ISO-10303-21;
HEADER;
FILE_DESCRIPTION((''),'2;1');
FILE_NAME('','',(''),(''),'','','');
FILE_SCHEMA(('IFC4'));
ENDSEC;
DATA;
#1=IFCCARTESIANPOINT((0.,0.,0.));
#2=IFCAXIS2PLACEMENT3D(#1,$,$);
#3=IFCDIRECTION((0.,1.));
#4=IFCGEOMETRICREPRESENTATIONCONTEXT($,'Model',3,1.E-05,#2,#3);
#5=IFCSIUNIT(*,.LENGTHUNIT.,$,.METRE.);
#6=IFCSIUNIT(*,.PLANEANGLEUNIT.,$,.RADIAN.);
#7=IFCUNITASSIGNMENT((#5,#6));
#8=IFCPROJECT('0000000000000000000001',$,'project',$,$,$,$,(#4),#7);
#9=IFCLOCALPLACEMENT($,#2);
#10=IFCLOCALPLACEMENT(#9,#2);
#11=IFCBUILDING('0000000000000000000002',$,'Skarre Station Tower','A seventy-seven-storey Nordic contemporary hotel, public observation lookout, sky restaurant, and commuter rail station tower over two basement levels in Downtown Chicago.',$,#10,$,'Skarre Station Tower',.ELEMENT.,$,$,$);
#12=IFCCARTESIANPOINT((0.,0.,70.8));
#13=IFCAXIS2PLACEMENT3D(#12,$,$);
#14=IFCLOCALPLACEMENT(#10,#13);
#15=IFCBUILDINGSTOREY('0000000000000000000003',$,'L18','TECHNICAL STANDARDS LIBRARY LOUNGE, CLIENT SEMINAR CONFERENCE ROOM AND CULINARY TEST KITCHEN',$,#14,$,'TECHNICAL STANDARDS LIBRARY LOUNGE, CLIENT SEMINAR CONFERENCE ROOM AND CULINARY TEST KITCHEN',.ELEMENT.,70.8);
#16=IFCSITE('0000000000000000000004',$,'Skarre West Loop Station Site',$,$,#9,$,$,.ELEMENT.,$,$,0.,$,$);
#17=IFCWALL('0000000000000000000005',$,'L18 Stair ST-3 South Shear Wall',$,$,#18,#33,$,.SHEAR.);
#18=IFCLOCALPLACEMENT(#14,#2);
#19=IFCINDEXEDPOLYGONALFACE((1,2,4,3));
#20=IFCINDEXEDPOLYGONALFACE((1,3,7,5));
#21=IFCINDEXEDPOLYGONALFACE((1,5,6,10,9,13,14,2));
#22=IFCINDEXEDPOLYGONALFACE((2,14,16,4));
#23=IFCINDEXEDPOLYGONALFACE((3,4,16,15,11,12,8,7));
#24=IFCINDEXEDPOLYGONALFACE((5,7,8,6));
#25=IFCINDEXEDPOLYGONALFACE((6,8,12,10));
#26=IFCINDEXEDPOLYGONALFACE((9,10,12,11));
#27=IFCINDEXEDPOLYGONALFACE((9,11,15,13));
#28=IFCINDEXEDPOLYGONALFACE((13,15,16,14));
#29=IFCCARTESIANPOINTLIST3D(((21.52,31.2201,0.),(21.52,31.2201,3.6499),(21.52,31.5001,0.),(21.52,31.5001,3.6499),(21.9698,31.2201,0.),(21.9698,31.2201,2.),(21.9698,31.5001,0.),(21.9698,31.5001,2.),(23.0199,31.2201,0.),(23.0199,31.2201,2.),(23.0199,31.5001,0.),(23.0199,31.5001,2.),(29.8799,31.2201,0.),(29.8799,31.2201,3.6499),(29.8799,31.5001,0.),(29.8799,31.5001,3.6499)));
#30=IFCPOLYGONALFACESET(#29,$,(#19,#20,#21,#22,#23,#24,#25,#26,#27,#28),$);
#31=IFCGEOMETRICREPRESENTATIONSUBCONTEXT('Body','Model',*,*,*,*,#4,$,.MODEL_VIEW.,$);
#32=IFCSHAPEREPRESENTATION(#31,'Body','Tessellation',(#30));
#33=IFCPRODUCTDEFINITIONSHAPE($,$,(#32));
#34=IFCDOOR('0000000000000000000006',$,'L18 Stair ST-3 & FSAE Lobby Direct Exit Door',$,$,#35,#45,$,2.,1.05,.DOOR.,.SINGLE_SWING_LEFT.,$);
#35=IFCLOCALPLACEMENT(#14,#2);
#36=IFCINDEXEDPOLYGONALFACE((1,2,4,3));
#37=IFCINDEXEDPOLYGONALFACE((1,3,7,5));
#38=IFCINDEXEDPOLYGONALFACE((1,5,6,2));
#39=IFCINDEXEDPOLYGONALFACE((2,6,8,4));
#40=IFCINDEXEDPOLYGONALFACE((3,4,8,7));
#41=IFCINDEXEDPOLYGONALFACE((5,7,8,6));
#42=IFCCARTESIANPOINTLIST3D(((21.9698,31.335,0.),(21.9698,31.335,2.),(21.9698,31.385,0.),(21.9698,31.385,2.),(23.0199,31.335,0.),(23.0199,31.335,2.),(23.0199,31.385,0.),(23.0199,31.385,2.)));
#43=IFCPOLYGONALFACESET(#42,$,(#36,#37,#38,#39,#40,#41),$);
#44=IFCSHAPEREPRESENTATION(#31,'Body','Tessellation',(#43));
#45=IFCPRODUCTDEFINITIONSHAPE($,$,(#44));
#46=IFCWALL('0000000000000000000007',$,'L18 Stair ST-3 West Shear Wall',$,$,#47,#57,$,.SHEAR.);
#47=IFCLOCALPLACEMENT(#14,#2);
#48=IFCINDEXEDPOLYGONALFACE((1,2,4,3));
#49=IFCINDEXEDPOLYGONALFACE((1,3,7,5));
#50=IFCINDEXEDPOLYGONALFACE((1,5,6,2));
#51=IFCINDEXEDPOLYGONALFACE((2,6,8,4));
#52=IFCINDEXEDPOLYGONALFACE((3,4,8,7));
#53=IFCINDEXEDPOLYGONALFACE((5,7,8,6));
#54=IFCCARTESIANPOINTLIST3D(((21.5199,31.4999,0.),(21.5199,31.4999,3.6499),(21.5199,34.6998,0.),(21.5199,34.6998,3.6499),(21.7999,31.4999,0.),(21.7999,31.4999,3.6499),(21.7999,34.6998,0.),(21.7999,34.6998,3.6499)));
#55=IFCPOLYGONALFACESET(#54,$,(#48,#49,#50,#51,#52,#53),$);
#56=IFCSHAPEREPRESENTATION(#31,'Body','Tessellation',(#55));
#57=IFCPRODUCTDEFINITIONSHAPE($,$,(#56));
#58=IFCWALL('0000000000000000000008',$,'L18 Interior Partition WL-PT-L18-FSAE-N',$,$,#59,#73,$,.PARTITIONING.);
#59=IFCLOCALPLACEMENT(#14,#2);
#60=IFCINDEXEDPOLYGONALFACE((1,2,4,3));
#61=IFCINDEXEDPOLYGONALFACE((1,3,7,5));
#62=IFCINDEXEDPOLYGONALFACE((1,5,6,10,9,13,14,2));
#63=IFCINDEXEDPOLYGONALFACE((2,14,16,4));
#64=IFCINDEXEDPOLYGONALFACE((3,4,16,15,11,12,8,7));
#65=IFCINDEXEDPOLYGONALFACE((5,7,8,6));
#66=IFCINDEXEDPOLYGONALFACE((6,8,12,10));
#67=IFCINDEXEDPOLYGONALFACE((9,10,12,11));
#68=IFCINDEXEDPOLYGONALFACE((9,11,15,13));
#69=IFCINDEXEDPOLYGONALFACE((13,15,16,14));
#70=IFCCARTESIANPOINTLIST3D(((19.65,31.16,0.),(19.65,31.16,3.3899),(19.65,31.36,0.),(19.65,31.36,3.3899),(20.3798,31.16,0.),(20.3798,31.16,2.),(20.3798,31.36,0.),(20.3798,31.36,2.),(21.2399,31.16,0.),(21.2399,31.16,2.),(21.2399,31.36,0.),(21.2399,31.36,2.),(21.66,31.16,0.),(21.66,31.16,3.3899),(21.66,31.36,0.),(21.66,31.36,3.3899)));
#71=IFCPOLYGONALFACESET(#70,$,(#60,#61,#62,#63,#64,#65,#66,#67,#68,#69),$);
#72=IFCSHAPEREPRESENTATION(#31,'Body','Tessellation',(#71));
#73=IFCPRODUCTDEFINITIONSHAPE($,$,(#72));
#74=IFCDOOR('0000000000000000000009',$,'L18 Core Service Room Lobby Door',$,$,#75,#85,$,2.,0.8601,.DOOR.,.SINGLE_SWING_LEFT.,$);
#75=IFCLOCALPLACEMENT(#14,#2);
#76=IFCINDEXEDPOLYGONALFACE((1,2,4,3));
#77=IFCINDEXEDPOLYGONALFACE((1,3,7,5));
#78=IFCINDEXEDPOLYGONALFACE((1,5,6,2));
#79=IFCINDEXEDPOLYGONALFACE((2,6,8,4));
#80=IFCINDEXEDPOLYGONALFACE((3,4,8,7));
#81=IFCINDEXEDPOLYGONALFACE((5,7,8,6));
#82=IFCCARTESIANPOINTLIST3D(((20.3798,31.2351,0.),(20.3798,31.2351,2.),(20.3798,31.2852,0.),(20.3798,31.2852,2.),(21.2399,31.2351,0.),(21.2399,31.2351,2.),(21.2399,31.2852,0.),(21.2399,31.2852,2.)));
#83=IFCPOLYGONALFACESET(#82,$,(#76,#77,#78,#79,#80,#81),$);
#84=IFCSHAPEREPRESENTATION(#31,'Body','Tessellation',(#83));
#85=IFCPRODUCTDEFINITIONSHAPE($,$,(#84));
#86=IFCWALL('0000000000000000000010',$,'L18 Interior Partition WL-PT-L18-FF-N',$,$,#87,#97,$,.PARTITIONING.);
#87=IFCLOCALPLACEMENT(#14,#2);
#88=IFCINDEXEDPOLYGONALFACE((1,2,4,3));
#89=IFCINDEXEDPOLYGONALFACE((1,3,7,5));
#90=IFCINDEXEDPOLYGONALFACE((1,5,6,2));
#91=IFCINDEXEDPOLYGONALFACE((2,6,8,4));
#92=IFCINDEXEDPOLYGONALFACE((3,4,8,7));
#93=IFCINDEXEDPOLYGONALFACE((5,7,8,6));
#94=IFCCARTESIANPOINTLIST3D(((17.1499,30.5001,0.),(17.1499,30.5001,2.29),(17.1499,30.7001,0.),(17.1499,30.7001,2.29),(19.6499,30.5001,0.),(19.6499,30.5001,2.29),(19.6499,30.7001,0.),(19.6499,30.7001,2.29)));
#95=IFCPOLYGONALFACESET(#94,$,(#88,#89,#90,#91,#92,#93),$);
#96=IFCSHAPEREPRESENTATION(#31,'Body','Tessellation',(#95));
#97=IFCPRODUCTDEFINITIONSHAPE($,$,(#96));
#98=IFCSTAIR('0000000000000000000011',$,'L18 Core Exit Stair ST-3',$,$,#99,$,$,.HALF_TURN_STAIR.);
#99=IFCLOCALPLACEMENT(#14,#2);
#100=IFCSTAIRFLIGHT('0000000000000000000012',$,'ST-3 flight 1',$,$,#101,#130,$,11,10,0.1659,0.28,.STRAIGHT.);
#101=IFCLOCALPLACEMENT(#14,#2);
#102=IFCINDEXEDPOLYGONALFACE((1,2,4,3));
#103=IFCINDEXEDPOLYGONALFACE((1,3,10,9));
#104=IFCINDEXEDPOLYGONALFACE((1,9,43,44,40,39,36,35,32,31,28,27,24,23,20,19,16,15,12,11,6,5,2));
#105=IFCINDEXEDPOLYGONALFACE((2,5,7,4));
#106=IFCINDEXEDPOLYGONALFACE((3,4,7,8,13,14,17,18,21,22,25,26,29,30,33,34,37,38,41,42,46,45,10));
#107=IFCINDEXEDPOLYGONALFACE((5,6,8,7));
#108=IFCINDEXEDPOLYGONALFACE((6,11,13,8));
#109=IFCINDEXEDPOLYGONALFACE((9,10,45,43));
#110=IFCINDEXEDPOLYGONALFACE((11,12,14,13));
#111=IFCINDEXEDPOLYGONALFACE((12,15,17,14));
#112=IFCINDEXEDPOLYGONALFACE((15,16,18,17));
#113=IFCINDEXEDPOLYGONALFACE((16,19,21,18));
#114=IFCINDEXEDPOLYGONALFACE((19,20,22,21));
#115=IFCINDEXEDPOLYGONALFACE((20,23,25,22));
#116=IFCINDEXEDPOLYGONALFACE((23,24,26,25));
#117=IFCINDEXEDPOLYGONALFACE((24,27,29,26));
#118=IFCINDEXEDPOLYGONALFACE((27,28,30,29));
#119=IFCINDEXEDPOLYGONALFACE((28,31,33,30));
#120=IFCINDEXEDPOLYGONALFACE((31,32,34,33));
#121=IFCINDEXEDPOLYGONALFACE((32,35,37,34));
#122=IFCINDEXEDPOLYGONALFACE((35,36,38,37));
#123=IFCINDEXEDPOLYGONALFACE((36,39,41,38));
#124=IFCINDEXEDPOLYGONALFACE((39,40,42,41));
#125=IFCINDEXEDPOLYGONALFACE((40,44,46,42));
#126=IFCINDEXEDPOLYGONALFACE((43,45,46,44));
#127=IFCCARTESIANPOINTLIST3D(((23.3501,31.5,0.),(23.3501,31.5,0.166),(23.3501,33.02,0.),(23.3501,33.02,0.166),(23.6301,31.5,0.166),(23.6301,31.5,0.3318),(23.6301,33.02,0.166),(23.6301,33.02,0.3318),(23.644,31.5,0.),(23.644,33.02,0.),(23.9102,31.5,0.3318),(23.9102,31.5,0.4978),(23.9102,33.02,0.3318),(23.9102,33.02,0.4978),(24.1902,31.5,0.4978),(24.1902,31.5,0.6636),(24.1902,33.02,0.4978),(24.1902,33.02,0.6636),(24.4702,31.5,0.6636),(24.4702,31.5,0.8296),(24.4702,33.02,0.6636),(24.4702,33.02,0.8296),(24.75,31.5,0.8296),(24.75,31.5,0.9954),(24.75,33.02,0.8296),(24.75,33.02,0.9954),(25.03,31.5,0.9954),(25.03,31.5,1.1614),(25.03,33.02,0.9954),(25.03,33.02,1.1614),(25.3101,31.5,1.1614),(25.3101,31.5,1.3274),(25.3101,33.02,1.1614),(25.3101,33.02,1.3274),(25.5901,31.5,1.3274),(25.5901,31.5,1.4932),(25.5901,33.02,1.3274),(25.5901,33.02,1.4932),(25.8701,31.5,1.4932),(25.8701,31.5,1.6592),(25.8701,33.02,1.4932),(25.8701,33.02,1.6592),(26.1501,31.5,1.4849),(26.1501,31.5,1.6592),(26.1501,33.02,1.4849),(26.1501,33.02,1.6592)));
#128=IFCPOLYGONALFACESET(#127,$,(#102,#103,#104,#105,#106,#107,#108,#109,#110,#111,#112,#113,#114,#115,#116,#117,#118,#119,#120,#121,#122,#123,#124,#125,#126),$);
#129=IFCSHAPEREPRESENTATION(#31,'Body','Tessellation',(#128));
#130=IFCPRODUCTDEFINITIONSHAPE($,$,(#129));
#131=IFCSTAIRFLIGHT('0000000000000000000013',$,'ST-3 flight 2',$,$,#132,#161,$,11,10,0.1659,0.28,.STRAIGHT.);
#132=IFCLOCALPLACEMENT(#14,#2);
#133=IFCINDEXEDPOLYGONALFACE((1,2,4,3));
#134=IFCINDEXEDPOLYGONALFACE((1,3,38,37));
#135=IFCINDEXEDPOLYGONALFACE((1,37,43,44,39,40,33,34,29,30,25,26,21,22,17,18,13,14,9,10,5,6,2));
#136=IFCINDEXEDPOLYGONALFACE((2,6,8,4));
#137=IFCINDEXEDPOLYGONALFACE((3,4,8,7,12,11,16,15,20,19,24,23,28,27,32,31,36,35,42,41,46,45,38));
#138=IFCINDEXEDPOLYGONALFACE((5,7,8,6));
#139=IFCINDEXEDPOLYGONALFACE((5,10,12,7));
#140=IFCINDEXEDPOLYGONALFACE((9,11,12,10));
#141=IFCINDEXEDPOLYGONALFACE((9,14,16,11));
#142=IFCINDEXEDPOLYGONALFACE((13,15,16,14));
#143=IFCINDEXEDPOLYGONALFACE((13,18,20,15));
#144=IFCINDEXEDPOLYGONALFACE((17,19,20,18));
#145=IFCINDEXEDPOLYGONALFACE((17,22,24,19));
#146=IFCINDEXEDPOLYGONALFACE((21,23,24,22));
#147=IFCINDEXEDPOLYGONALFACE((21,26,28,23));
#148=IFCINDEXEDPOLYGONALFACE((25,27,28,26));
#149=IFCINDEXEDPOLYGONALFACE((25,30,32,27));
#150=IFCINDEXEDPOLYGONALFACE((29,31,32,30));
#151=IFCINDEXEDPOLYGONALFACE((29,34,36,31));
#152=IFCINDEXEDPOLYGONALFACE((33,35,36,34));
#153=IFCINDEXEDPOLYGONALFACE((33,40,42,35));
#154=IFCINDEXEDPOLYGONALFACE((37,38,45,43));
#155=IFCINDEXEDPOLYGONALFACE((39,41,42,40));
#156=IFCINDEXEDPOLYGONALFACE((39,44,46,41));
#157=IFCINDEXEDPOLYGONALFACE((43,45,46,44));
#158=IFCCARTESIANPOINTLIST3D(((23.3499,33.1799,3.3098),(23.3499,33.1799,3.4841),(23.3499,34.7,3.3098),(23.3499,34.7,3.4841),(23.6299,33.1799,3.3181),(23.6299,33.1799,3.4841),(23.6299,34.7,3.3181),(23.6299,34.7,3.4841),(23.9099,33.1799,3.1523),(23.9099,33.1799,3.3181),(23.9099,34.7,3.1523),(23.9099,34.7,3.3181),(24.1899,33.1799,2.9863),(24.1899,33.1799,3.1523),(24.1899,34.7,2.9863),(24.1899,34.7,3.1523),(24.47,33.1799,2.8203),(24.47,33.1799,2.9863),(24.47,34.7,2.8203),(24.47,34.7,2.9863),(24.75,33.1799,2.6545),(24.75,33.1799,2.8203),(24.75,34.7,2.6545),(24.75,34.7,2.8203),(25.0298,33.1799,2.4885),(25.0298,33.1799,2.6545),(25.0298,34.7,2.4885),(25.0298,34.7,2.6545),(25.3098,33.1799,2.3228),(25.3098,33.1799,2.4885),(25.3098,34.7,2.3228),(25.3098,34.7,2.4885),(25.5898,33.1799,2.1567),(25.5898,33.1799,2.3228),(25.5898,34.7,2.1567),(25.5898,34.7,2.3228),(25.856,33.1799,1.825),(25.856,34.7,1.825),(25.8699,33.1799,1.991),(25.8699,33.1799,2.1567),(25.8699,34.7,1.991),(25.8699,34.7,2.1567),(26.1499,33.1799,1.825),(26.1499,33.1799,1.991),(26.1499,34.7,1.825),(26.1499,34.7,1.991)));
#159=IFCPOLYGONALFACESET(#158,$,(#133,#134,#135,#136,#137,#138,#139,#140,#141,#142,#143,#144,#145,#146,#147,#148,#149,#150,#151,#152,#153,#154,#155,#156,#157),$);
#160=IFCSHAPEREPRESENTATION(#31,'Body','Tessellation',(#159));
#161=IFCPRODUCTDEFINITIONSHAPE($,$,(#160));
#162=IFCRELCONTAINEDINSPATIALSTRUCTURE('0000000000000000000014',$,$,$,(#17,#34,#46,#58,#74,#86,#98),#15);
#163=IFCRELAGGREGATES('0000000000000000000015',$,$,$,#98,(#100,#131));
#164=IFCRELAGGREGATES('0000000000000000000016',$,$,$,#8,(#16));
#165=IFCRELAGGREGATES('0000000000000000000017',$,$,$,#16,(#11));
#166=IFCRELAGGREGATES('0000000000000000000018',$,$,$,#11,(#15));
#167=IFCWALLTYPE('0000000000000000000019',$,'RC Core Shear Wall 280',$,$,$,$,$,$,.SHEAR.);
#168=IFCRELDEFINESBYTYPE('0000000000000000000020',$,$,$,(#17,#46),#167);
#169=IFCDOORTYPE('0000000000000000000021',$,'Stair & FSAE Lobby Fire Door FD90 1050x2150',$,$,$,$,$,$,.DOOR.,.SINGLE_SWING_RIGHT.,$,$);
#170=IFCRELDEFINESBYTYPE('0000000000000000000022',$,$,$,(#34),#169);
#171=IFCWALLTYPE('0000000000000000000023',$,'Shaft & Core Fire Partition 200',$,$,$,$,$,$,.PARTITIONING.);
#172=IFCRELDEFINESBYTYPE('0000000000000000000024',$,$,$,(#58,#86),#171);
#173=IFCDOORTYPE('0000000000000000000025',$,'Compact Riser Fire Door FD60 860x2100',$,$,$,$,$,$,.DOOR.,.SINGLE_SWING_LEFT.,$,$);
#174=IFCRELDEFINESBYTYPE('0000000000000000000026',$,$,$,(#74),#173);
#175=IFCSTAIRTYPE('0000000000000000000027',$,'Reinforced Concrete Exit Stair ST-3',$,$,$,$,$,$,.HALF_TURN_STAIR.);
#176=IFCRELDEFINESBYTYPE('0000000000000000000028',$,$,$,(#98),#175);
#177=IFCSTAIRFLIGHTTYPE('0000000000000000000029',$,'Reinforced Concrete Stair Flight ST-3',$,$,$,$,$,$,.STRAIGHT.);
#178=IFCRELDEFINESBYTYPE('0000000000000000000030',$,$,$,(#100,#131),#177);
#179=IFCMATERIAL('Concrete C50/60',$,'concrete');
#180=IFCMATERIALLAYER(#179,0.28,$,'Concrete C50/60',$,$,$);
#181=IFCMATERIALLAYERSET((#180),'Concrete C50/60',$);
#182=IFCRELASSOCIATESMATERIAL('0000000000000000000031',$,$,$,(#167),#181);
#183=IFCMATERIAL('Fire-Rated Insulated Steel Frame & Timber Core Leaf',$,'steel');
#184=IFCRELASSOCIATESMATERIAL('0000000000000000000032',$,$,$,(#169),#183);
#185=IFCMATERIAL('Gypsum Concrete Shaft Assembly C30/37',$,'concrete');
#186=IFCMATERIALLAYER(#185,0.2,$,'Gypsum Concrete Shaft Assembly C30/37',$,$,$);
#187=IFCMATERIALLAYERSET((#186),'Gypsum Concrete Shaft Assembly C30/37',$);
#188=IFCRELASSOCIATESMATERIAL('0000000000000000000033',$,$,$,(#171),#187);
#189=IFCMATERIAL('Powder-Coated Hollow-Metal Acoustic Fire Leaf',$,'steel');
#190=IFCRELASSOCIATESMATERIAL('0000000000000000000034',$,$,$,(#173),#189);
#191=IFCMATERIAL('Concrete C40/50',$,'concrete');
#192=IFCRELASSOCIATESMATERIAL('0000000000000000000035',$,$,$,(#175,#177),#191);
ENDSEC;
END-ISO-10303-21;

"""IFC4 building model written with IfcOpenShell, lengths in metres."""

from ifc_helpers import new_model, si_unit, direction, frame, frame_2d, origin, place, context, subcontext, project, spatial, polyline, rectangle, outline, extrude, material, layer, layer_set, type_object, element, fill, aggregate, save


model = new_model("IFC4")

# Units and contexts
model_context = context("Model", 3, precision=1e-05, world=origin(), true_north=direction((0.0, 1.0)))
body_context = subcontext(model_context, "Body", "Model", "MODEL_VIEW")
ifc_project = project(units=[si_unit("LENGTHUNIT", "METRE"), si_unit("PLANEANGLEUNIT", "RADIAN")], contexts=[model_context])

# Site, building, storey
site_placement = place(None, origin())
site = spatial("IfcSite", under=ifc_project, at=site_placement, Name="Skarre West Loop Station Site", CompositionType="ELEMENT", RefElevation=0.0)
building_placement = place(site_placement, origin())
building = spatial("IfcBuilding", under=site, at=building_placement, Name="Skarre Station Tower", Description="A seventy-seven-storey Nordic contemporary hotel, public observation lookout, sky restaurant, and commuter rail station tower over two basement levels in Downtown Chicago.", LongName="Skarre Station Tower", CompositionType="ELEMENT")
storey_placement = place(building_placement, frame((0.0, 0.0, 70.8)))
storey = spatial("IfcBuildingStorey", under=building, at=storey_placement, Name="L18", Description="TECHNICAL STANDARDS LIBRARY LOUNGE, CLIENT SEMINAR CONFERENCE ROOM AND CULINARY TEST KITCHEN", LongName="TECHNICAL STANDARDS LIBRARY LOUNGE, CLIENT SEMINAR CONFERENCE ROOM AND CULINARY TEST KITCHEN", CompositionType="ELEMENT", Elevation=70.8)

# Wall, opening, door
ifc_material_1 = material(Name="Concrete C50/60", Category="concrete")
ifc_layer_1 = layer(ifc_material_1, 0.28, Name="Concrete C50/60")
ifc_layer_set_1 = layer_set([ifc_layer_1], Name="Concrete C50/60")
wall_type_1 = type_object("IfcWallType", Name="RC Core Shear Wall 280", PredefinedType="SHEAR", material=ifc_layer_set_1)
wall_1_placement = place(storey_placement, frame((21.52, 31.3601, 0.0), z_axis=(0.0, 0.0, 1.0), x_axis=(1.0, 0.0, 0.0)))
wall_1 = element("IfcWall", 1, at=wall_1_placement, inside=storey, type_object=wall_type_1, Name="L18 Stair ST-3 South Shear Wall", PredefinedType="SHEAR", context=body_context, shape_type="SweptSolid", body=[
    extrude(rectangle(XDim=8.3599, YDim=0.28, at=frame_2d((4.1799, 0.0))), origin(), (0.0, 0.0, 1.0), 3.6499),
])
opening_1_placement = place(wall_1_placement, frame((0.45, 0.0, 0.0)))
opening_1 = element("IfcOpeningElement", 2, at=opening_1_placement, cuts=wall_1, PredefinedType="OPENING", context=body_context, shape_type="SweptSolid", body=[
    extrude(rectangle(XDim=1.05, YDim=2.0, at=frame_2d((0.5249, 1.0))), frame((0.0, 0.1499, 0.0), z_axis=(0.0, -1.0, 0.0), x_axis=(1.0, 0.0, 0.0)), (0.0, 0.0, 1.0), 0.3),
])
ifc_material_2 = material(Name="Fire-Rated Insulated Steel Frame & Timber Core Leaf", Category="steel")
door_type_1 = type_object("IfcDoorType", Name="Stair & FSAE Lobby Fire Door FD90 1050x2150", OperationType="SINGLE_SWING_RIGHT", PredefinedType="DOOR", material=ifc_material_2)
door_1_placement = place(opening_1_placement, origin())
door_1 = element("IfcDoor", 3, at=door_1_placement, inside=storey, type_object=door_type_1, Name="L18 Stair ST-3 & FSAE Lobby Direct Exit Door", OperationType="SINGLE_SWING_LEFT", OverallHeight=2.0, OverallWidth=1.05, PredefinedType="DOOR", context=body_context, shape_type="SweptSolid", body=[
    extrude(rectangle(XDim=1.05, YDim=2.0, at=frame_2d((0.5249, 1.0))), frame((0.0, 0.0249, 0.0), z_axis=(0.0, -1.0, 0.0), x_axis=(1.0, 0.0, 0.0)), (0.0, 0.0, 1.0), 0.05),
])
fill(opening_1, door_1)

# Wall
wall_2_placement = place(storey_placement, frame((21.6599, 34.7, 0.0), z_axis=(0.0, 0.0, 1.0), x_axis=(0.0, -1.0, 0.0)))
element("IfcWall", 4, at=wall_2_placement, inside=storey, type_object=wall_type_1, Name="L18 Stair ST-3 West Shear Wall", PredefinedType="SHEAR", context=body_context, shape_type="SweptSolid", body=[
    extrude(rectangle(XDim=3.2, YDim=0.28, at=frame_2d((1.6001, 0.0))), origin(), (0.0, 0.0, 1.0), 3.6499),
])

# Wall, opening, door
ifc_material_3 = material(Name="Gypsum Concrete Shaft Assembly C30/37", Category="concrete")
ifc_layer_2 = layer(ifc_material_3, 0.2, Name="Gypsum Concrete Shaft Assembly C30/37")
ifc_layer_set_2 = layer_set([ifc_layer_2], Name="Gypsum Concrete Shaft Assembly C30/37")
wall_type_2 = type_object("IfcWallType", Name="Shaft & Core Fire Partition 200", PredefinedType="PARTITIONING", material=ifc_layer_set_2)
wall_3_placement = place(storey_placement, frame((21.6599, 31.26, 0.0), z_axis=(0.0, 0.0, 1.0), x_axis=(-1.0, 0.0, 0.0)))
wall_3 = element("IfcWall", 5, at=wall_3_placement, inside=storey, type_object=wall_type_2, Name="L18 Interior Partition WL-PT-L18-FSAE-N", PredefinedType="PARTITIONING", context=body_context, shape_type="SweptSolid", body=[
    extrude(rectangle(XDim=2.01, YDim=0.2, at=frame_2d((1.0049, 0.0))), origin(), (0.0, 0.0, 1.0), 3.3899),
])
opening_2_placement = place(wall_3_placement, frame((0.4199, 0.0, 0.0)))
opening_2 = element("IfcOpeningElement", 6, at=opening_2_placement, cuts=wall_3, PredefinedType="OPENING", context=body_context, shape_type="SweptSolid", body=[
    extrude(rectangle(XDim=0.8601, YDim=2.0, at=frame_2d((0.4302, 1.0))), frame((0.0, 0.1099, 0.0), z_axis=(0.0, -1.0, 0.0), x_axis=(1.0, 0.0, 0.0)), (0.0, 0.0, 1.0), 0.22),
])
ifc_material_4 = material(Name="Powder-Coated Hollow-Metal Acoustic Fire Leaf", Category="steel")
door_type_2 = type_object("IfcDoorType", Name="Compact Riser Fire Door FD60 860x2100", OperationType="SINGLE_SWING_LEFT", PredefinedType="DOOR", material=ifc_material_4)
door_2_placement = place(opening_2_placement, origin())
door_2 = element("IfcDoor", 7, at=door_2_placement, inside=storey, type_object=door_type_2, Name="L18 Core Service Room Lobby Door", OperationType="SINGLE_SWING_LEFT", OverallHeight=2.0, OverallWidth=0.8601, PredefinedType="DOOR", context=body_context, shape_type="SweptSolid", body=[
    extrude(rectangle(XDim=0.8601, YDim=2.0, at=frame_2d((0.4302, 1.0))), frame((0.0, 0.0249, 0.0), z_axis=(0.0, -1.0, 0.0), x_axis=(1.0, 0.0, 0.0)), (0.0, 0.0, 1.0), 0.05),
])
fill(opening_2, door_2)

# Wall
wall_4_placement = place(storey_placement, frame((19.6499, 30.6001, 0.0), z_axis=(0.0, 0.0, 1.0), x_axis=(-1.0, 0.0, 0.0)))
element("IfcWall", 8, at=wall_4_placement, inside=storey, type_object=wall_type_2, Name="L18 Interior Partition WL-PT-L18-FF-N", PredefinedType="PARTITIONING", context=body_context, shape_type="SweptSolid", body=[
    extrude(rectangle(XDim=2.5, YDim=0.2, at=frame_2d((1.25, 0.0))), origin(), (0.0, 0.0, 1.0), 2.29),
])

# Stair, stair flights
ifc_material_5 = material(Name="Concrete C40/50", Category="concrete")
stair_type = type_object("IfcStairType", Name="Reinforced Concrete Exit Stair ST-3", PredefinedType="HALF_TURN_STAIR", material=ifc_material_5)
stair_placement = place(storey_placement, origin())
stair = element("IfcStair", 9, at=stair_placement, inside=storey, type_object=stair_type, Name="L18 Core Exit Stair ST-3", PredefinedType="HALF_TURN_STAIR")
stair_flight_type = type_object("IfcStairFlightType", Name="Reinforced Concrete Stair Flight ST-3", PredefinedType="STRAIGHT", material=ifc_material_5)
stair_flight_1_placement = place(storey_placement, frame((23.3501, 32.26, 0.0), z_axis=(0.0, 0.0, 1.0), x_axis=(1.0, 0.0, 0.0)))
stair_flight_1 = element("IfcStairFlight", 10, at=stair_flight_1_placement, type_object=stair_flight_type, Name="ST-3 flight 1", NumberOfRisers=11, NumberOfTreads=10, PredefinedType="STRAIGHT", RiserHeight=0.1659, TreadLength=0.28, context=body_context, shape_type="SweptSolid", body=[
    extrude(outline(polyline([(0.0, 0.0), (0.0, 0.166), (0.28, 0.166), (0.28, 0.3318), (0.5601, 0.3318), (0.5601, 0.4978), (0.8401, 0.4978), (0.8401, 0.6636), (1.1201, 0.6636), (1.1201, 0.8296), (1.3999, 0.8296), (1.3999, 0.9954), (1.6799, 0.9954), (1.6799, 1.1614), (1.96, 1.1614), (1.96, 1.3274), (2.24, 1.3274), (2.24, 1.4932), (2.52, 1.4932), (2.52, 1.6592), (2.8, 1.6592), (2.8, 1.825), (2.8, 1.4849), (0.2939, 0.0), (0.0, 0.0)])), frame((0.0, 0.76, 0.0), z_axis=(0.0, -1.0, 0.0), x_axis=(1.0, 0.0, 0.0)), (0.0, 0.0, 1.0), 1.52),
])
stair_flight_2_placement = place(storey_placement, frame((26.1499, 33.9399, 1.825), z_axis=(0.0, 0.0, 1.0), x_axis=(-1.0, 0.0, 0.0)))
stair_flight_2 = element("IfcStairFlight", 11, at=stair_flight_2_placement, type_object=stair_flight_type, Name="ST-3 flight 2", NumberOfRisers=11, NumberOfTreads=10, PredefinedType="STRAIGHT", RiserHeight=0.1659, TreadLength=0.28, context=body_context, shape_type="SweptSolid", body=[
    extrude(outline(polyline([(0.0, 0.0), (0.0, 0.166), (0.28, 0.166), (0.28, 0.3318), (0.5601, 0.3318), (0.5601, 0.4978), (0.8401, 0.4978), (0.8401, 0.6636), (1.1201, 0.6636), (1.1201, 0.8296), (1.3999, 0.8296), (1.3999, 0.9954), (1.6799, 0.9954), (1.6799, 1.1614), (1.96, 1.1614), (1.96, 1.3274), (2.24, 1.3274), (2.24, 1.4932), (2.52, 1.4932), (2.52, 1.6592), (2.8, 1.6592), (2.8, 1.825), (2.8, 1.4849), (0.2939, 0.0), (0.0, 0.0)])), frame((0.0, 0.76, 0.0), z_axis=(0.0, -1.0, 0.0), x_axis=(1.0, 0.0, 0.0)), (0.0, 0.0, 1.0), 1.52),
])
aggregate(stair, [stair_flight_1, stair_flight_2])

save(model, "model.ifc")
